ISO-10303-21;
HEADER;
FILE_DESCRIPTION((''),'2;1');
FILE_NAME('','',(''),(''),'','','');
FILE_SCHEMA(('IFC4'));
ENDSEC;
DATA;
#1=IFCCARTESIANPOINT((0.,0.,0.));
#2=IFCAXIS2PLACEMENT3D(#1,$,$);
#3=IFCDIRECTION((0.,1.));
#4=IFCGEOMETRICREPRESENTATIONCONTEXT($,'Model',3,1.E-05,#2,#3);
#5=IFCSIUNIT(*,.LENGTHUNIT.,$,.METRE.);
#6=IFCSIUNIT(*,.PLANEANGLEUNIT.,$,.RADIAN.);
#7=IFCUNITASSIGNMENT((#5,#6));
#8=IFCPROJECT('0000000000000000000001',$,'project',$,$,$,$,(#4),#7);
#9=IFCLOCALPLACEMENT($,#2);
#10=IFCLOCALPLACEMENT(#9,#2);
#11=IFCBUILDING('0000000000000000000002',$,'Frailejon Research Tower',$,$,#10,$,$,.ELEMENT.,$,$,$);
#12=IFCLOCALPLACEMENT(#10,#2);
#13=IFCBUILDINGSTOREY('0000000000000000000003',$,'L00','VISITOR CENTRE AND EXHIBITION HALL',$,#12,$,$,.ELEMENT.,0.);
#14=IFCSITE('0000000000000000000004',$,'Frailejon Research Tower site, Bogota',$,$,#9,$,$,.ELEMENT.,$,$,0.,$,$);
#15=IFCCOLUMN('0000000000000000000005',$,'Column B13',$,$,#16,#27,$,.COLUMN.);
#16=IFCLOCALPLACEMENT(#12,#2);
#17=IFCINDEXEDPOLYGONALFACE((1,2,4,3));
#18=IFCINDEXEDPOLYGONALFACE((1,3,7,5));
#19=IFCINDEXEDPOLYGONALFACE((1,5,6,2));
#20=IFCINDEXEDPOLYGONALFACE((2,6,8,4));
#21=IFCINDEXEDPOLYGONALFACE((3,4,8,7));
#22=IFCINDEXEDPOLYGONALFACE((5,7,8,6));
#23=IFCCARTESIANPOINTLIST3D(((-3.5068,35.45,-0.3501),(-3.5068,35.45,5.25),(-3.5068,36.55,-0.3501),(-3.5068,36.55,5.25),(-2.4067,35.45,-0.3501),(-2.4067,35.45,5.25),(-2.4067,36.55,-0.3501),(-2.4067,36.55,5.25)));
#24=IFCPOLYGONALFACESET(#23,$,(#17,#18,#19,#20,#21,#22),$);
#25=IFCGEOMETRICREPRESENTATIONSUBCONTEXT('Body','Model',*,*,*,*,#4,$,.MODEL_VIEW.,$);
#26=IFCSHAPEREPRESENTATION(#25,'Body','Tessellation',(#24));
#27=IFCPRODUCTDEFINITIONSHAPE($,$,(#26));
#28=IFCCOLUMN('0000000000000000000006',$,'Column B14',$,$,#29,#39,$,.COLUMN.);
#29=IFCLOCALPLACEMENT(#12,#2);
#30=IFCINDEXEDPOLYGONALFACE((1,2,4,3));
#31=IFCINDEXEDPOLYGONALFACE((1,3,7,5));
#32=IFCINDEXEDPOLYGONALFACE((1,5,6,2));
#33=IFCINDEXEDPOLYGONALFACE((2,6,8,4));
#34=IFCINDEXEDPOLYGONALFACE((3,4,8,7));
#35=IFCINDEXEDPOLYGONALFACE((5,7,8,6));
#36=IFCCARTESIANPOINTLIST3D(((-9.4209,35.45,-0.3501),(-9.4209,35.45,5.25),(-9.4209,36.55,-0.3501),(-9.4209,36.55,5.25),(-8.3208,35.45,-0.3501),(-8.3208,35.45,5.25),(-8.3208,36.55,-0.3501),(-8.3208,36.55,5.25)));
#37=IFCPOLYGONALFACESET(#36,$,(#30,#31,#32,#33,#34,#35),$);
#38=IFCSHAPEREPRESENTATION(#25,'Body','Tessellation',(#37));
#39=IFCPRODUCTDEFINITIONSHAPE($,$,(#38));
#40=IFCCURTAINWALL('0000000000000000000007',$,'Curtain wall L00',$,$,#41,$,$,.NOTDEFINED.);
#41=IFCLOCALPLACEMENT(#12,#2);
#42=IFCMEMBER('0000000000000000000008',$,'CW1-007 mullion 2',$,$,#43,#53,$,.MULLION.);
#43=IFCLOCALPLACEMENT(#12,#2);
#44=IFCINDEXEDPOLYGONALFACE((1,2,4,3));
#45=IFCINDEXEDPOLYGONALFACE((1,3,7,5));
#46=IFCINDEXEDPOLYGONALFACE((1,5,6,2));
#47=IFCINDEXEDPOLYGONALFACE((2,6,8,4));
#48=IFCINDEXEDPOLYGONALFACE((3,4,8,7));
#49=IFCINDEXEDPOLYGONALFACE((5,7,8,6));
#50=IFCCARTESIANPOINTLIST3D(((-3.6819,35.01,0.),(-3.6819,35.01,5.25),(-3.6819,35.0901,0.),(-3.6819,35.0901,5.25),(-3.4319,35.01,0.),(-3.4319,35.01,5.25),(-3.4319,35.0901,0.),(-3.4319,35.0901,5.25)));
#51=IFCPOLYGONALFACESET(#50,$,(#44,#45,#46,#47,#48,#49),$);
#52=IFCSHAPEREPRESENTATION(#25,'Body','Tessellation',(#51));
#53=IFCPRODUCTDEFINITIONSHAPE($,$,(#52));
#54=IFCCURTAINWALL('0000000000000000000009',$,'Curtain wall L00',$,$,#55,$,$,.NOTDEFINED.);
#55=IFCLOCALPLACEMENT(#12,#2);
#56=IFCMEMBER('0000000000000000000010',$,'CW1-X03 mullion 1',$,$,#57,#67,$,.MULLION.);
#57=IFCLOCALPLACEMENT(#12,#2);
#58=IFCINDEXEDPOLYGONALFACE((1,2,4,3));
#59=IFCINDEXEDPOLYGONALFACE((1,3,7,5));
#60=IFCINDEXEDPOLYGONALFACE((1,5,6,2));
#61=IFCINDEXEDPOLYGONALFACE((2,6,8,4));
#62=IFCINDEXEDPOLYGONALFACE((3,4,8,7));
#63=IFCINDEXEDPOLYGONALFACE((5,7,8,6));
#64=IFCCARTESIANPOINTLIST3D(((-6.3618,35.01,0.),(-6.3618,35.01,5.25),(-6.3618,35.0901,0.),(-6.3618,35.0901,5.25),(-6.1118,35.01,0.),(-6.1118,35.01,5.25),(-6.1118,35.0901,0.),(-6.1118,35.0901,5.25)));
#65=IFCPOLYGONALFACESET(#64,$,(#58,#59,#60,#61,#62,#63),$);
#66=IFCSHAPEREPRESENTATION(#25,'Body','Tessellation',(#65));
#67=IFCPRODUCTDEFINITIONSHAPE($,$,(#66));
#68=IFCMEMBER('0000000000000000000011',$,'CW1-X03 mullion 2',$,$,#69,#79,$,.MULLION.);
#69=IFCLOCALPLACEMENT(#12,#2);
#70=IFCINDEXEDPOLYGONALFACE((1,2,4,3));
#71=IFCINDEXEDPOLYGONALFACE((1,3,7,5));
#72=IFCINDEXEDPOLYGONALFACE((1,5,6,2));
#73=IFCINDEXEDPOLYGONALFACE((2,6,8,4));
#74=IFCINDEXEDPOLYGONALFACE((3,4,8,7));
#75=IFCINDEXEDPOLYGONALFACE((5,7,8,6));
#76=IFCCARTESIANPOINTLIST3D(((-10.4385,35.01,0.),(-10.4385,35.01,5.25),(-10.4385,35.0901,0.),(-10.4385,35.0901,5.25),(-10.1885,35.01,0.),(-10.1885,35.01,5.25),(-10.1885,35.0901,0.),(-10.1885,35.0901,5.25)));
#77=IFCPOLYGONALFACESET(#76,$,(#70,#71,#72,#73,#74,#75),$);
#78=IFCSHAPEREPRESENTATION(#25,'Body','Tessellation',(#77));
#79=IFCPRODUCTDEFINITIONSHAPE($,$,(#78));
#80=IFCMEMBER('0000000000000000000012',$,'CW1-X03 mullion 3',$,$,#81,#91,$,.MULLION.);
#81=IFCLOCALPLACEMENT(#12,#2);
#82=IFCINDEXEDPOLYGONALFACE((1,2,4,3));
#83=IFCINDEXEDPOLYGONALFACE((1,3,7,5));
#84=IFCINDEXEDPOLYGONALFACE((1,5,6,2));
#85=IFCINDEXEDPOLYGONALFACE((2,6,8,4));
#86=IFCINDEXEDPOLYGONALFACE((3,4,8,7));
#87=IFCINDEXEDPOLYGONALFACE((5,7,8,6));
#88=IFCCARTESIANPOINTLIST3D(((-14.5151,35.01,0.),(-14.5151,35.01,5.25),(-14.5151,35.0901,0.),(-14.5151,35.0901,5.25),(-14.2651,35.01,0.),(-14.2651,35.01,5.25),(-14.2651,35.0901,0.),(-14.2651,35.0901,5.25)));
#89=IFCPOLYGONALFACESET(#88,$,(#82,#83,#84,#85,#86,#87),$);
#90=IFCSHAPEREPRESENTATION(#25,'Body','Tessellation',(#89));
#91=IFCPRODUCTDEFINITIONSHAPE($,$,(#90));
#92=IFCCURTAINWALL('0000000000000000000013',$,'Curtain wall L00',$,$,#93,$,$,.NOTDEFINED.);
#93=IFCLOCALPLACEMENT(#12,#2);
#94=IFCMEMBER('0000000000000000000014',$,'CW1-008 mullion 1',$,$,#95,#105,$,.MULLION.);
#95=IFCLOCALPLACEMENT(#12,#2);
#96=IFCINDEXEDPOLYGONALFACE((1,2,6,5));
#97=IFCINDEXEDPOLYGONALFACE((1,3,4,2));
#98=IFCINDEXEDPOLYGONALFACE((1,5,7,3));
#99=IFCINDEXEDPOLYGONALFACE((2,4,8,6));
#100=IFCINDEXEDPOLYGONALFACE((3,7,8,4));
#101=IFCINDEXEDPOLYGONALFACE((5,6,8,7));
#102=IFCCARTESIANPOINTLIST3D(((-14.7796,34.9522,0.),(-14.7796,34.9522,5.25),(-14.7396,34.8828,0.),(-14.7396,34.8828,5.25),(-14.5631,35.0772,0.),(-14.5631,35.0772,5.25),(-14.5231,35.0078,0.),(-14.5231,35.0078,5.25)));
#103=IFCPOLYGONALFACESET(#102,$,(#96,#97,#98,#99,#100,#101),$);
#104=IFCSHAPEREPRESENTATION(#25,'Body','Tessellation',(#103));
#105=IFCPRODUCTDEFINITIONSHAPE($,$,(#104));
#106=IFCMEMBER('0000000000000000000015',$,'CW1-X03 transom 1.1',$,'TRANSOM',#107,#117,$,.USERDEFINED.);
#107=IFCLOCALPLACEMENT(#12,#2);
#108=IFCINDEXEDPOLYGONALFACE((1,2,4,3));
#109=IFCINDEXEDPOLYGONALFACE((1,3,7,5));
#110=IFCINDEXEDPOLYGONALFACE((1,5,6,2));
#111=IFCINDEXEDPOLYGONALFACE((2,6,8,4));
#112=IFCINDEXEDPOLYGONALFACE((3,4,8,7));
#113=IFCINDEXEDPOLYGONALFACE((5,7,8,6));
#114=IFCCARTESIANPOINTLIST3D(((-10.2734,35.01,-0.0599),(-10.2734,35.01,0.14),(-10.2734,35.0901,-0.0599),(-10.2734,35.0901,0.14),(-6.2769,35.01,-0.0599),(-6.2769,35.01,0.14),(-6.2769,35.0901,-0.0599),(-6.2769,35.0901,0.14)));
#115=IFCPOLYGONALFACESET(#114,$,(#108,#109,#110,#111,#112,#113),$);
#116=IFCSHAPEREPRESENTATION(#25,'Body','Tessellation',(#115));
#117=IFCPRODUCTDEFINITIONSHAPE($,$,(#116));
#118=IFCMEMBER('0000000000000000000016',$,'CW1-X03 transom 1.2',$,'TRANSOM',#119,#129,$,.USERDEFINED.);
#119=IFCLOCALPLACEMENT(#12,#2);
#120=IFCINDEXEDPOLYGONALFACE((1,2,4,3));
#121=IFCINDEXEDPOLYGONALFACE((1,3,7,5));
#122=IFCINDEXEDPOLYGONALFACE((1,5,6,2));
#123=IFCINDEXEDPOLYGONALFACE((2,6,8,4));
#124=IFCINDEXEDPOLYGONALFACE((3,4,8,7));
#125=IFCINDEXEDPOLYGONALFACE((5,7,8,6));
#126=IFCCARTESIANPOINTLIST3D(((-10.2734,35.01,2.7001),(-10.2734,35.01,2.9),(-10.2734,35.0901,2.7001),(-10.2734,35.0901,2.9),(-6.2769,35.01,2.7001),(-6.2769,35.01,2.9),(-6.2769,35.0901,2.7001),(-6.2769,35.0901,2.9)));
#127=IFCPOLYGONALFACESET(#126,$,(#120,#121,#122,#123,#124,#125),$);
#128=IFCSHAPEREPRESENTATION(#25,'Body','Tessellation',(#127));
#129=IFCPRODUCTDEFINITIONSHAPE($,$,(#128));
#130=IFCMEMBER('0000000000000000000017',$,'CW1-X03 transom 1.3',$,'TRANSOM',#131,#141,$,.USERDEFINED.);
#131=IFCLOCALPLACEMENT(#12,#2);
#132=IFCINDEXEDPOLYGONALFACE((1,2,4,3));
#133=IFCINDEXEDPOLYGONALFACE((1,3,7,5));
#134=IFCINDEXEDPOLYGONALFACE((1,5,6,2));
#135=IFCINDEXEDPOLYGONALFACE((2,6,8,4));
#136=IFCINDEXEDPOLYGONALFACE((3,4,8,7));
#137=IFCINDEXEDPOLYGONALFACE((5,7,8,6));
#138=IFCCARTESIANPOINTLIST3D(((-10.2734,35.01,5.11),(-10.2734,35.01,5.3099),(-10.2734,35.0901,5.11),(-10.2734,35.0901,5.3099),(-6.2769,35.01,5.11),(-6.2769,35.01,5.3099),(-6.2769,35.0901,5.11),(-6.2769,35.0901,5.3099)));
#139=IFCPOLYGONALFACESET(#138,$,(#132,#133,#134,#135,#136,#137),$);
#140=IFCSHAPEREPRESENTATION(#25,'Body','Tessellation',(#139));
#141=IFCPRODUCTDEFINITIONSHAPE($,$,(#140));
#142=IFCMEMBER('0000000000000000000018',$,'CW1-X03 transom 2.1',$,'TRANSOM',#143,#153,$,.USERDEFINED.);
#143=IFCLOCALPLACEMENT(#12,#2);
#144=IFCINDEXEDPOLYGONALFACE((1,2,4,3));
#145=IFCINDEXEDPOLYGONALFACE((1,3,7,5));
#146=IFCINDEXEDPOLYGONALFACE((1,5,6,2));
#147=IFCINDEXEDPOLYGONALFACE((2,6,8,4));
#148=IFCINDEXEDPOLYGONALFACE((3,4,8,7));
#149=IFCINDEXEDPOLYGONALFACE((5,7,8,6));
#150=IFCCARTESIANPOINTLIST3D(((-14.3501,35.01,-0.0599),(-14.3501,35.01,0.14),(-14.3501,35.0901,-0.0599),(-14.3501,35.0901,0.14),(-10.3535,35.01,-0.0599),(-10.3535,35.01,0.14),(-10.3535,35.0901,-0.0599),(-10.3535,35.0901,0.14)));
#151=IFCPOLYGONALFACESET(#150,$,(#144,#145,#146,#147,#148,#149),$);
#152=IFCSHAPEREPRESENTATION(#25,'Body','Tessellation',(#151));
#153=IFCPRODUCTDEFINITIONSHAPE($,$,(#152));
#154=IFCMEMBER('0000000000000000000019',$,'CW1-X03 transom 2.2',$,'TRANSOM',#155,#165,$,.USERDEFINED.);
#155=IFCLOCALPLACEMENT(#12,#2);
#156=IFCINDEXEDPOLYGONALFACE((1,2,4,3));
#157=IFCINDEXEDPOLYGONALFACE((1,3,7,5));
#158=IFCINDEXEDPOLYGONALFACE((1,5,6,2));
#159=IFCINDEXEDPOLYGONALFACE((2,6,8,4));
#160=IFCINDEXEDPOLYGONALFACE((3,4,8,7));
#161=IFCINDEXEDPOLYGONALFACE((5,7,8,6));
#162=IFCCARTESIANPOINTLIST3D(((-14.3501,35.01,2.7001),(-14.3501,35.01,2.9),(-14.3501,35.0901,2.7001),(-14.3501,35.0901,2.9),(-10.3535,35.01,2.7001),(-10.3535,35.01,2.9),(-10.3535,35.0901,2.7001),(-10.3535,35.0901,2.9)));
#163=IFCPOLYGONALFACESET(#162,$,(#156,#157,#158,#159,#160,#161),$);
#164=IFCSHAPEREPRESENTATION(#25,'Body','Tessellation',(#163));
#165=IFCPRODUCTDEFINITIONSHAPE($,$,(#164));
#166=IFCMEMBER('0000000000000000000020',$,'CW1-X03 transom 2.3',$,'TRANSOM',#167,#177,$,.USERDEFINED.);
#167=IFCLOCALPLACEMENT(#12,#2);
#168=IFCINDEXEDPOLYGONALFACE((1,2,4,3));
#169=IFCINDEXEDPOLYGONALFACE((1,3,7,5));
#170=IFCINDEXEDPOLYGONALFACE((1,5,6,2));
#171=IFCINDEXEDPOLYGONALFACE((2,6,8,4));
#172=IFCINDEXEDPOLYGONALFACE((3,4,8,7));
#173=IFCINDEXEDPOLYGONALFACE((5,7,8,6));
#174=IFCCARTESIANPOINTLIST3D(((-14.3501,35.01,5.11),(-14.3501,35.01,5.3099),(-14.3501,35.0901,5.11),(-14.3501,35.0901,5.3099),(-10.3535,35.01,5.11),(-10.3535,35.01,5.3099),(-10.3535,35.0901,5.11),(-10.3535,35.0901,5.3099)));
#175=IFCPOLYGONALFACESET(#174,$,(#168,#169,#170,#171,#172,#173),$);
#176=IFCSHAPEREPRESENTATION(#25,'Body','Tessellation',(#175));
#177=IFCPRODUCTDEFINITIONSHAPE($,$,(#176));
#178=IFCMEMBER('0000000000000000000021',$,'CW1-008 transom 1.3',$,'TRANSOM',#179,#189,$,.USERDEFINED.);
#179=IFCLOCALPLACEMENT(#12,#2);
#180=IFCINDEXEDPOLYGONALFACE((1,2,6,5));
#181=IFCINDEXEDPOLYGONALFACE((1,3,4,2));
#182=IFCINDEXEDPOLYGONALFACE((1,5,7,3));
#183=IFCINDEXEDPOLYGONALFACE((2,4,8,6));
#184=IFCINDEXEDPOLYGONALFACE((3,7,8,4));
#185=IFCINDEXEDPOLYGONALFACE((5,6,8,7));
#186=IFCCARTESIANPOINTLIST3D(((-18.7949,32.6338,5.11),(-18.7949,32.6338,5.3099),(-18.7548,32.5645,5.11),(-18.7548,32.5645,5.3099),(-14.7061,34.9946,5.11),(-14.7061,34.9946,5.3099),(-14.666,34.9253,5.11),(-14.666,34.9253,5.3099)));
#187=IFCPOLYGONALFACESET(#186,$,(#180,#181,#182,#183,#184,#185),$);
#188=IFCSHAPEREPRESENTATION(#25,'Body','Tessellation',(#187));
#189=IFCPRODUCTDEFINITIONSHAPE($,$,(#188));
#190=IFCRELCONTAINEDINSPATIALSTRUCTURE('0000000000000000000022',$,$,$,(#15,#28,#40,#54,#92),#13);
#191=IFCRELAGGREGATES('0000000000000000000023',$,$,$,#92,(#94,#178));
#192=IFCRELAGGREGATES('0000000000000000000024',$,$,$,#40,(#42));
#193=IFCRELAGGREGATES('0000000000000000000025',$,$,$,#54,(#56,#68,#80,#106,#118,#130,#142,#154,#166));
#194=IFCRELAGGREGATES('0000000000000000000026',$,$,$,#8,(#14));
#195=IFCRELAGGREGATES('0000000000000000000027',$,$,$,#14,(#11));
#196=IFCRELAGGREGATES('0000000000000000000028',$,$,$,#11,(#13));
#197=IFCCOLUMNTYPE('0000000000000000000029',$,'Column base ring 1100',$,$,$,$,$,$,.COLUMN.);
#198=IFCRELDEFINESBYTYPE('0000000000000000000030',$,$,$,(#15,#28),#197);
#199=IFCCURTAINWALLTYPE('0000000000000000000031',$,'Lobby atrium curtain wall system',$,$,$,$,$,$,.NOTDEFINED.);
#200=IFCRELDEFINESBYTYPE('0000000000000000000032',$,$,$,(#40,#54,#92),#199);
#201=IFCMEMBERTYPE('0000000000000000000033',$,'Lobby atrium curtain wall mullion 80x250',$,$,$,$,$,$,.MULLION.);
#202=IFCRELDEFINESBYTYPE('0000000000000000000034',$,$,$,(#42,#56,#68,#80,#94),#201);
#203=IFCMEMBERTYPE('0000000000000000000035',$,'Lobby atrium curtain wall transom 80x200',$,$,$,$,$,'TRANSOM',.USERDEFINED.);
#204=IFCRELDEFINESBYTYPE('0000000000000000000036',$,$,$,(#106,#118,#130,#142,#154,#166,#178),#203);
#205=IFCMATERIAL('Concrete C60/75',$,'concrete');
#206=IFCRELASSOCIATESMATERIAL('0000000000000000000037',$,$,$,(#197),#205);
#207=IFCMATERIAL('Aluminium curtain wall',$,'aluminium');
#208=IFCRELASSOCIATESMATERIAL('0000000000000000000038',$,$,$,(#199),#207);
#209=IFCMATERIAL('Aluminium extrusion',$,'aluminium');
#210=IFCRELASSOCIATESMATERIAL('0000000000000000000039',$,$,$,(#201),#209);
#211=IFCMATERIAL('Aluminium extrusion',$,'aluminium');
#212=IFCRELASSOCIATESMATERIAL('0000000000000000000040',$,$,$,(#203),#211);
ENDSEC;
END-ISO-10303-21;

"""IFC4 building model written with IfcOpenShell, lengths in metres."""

from ifc_helpers import new_model, si_unit, direction, frame, origin, origin_2d, place, context, subcontext, project, spatial, rectangle, extrude, material, material_profile, profile_set, type_object, element, aggregate, save


model = new_model("IFC4")

# Units and contexts
model_context = context("Model", 3, precision=1e-05, world=origin(), true_north=direction((0.0, 1.0)))
body_context = subcontext(model_context, "Body", "Model", "MODEL_VIEW")
ifc_project = project(units=[si_unit("LENGTHUNIT", "METRE"), si_unit("PLANEANGLEUNIT", "RADIAN")], contexts=[model_context])

# Site, building, storey
site_placement = place(None, origin())
site = spatial("IfcSite", under=ifc_project, at=site_placement, Name="Frailejon Research Tower site, Bogota", CompositionType="ELEMENT", RefElevation=0.0)
building_placement = place(site_placement, origin())
building = spatial("IfcBuilding", under=site, at=building_placement, Name="Frailejon Research Tower", CompositionType="ELEMENT")
storey_placement = place(building_placement, origin())
storey = spatial("IfcBuildingStorey", under=building, at=storey_placement, Name="L00", Description="VISITOR CENTRE AND EXHIBITION HALL", CompositionType="ELEMENT", Elevation=0.0)

# Columns
ifc_material_1 = material(Name="Concrete C60/75", Category="concrete")
ifc_material_profile_1 = material_profile(ifc_material_1, rectangle(XDim=1.1001, YDim=1.1001, at=origin_2d()), Name="Column base ring 1100")
ifc_profile_set_1 = profile_set([ifc_material_profile_1], Name="Concrete C60/75")
column_type = type_object("IfcColumnType", Name="Column base ring 1100", PredefinedType="COLUMN", material=ifc_profile_set_1)
for number, where, z_axis, x_axis, name in (
    (1, (-2.9568, 36.0, -0.3501), (0.0, 0.0, 1.0), (-1.0, 0.0, 0.0), "Column B13"),
    (2, (-8.8708, 36.0, -0.3501), (0.0, 0.0, 1.0), (-1.0, 0.0, 0.0), "Column B14"),
):
    element("IfcColumn", number, at=place(storey_placement, frame(where, z_axis=z_axis, x_axis=x_axis)), inside=storey, type_object=column_type, Name=name, PredefinedType="COLUMN", context=body_context, shape_type="SweptSolid", body=[
        extrude(rectangle(XDim=1.1001, YDim=1.1001, at=origin_2d()), origin(), (0.0, 0.0, 1.0), 5.6001),
    ])

# Curtain wall, member
ifc_material_2 = material(Name="Aluminium curtain wall", Category="aluminium")
curtain_wall_type = type_object("IfcCurtainWallType", Name="Lobby atrium curtain wall system", PredefinedType="NOTDEFINED", material=ifc_material_2)
curtain_wall_1_placement = place(storey_placement, origin())
curtain_wall_1 = element("IfcCurtainWall", 3, at=curtain_wall_1_placement, inside=storey, type_object=curtain_wall_type, Name="Curtain wall L00", PredefinedType="NOTDEFINED")
ifc_material_3 = material(Name="Aluminium extrusion", Category="aluminium")
ifc_material_profile_2 = material_profile(ifc_material_3, rectangle(XDim=0.0801, YDim=0.25, at=origin_2d()), Name="Lobby atrium curtain wall mullion 80x250")
ifc_profile_set_2 = profile_set([ifc_material_profile_2], Name="Aluminium extrusion")
member_type_1 = type_object("IfcMemberType", Name="Lobby atrium curtain wall mullion 80x250", PredefinedType="MULLION", material=ifc_profile_set_2)
member_1_placement = place(storey_placement, frame((-3.5569, 35.05, 0.0), z_axis=(0.0, 0.0, 1.0), x_axis=(0.0, -1.0, 0.0)))
member_1 = element("IfcMember", 4, at=member_1_placement, type_object=member_type_1, Name="CW1-007 mullion 2", PredefinedType="MULLION", context=body_context, shape_type="SweptSolid", body=[
    extrude(rectangle(XDim=0.0801, YDim=0.25, at=origin_2d()), origin(), (0.0, 0.0, 1.0), 5.25),
])

# Curtain wall, members
curtain_wall_2_placement = place(storey_placement, origin())
curtain_wall_2 = element("IfcCurtainWall", 5, at=curtain_wall_2_placement, inside=storey, type_object=curtain_wall_type, Name="Curtain wall L00", PredefinedType="NOTDEFINED")
member_2_placement = place(storey_placement, frame((-6.2368, 35.05, 0.0), z_axis=(0.0, 0.0, 1.0), x_axis=(0.0, -1.0, 0.0)))
member_2 = element("IfcMember", 6, at=member_2_placement, type_object=member_type_1, Name="CW1-X03 mullion 1", PredefinedType="MULLION", context=body_context, shape_type="SweptSolid", body=[
    extrude(rectangle(XDim=0.0801, YDim=0.25, at=origin_2d()), origin(), (0.0, 0.0, 1.0), 5.25),
])
member_3_placement = place(storey_placement, frame((-10.3135, 35.05, 0.0), z_axis=(0.0, 0.0, 1.0), x_axis=(0.0, -1.0, 0.0)))
member_3 = element("IfcMember", 7, at=member_3_placement, type_object=member_type_1, Name="CW1-X03 mullion 2", PredefinedType="MULLION", context=body_context, shape_type="SweptSolid", body=[
    extrude(rectangle(XDim=0.0801, YDim=0.25, at=origin_2d()), origin(), (0.0, 0.0, 1.0), 5.25),
])
member_4_placement = place(storey_placement, frame((-14.3901, 35.05, 0.0), z_axis=(0.0, 0.0, 1.0), x_axis=(0.0, -1.0, 0.0)))
member_4 = element("IfcMember", 8, at=member_4_placement, type_object=member_type_1, Name="CW1-X03 mullion 3", PredefinedType="MULLION", context=body_context, shape_type="SweptSolid", body=[
    extrude(rectangle(XDim=0.0801, YDim=0.25, at=origin_2d()), origin(), (0.0, 0.0, 1.0), 5.25),
])

# Curtain wall, member
curtain_wall_3_placement = place(storey_placement, origin())
curtain_wall_3 = element("IfcCurtainWall", 9, at=curtain_wall_3_placement, inside=storey, type_object=curtain_wall_type, Name="Curtain wall L00", PredefinedType="NOTDEFINED")
member_5_placement = place(storey_placement, frame((-14.6514, 34.98, 0.0), z_axis=(0.0, 0.0, 1.0), x_axis=(0.5, -0.866025, 0.0)))
member_5 = element("IfcMember", 10, at=member_5_placement, type_object=member_type_1, Name="CW1-008 mullion 1", PredefinedType="MULLION", context=body_context, shape_type="SweptSolid", body=[
    extrude(rectangle(XDim=0.0801, YDim=0.25, at=origin_2d()), origin(), (0.0, 0.0, 1.0), 5.25),
])

# Members
ifc_material_4 = material(Name="Aluminium extrusion", Category="aluminium")
ifc_material_profile_3 = material_profile(ifc_material_4, rectangle(XDim=0.0801, YDim=0.2, at=origin_2d()), Name="Lobby atrium curtain wall transom 80x200")
ifc_profile_set_3 = profile_set([ifc_material_profile_3], Name="Aluminium extrusion")
member_type_2 = type_object("IfcMemberType", Name="Lobby atrium curtain wall transom 80x200", ElementType="TRANSOM", PredefinedType="USERDEFINED", material=ifc_profile_set_3)
member_6_placement = place(storey_placement, frame((-6.2769, 35.05, 0.04), z_axis=(-1.0, 0.0, 0.0), x_axis=(0.0, -1.0, 0.0)))
member_6 = element("IfcMember", 11, at=member_6_placement, type_object=member_type_2, Name="CW1-X03 transom 1.1", ObjectType="TRANSOM", PredefinedType="USERDEFINED", context=body_context, shape_type="SweptSolid", body=[
    extrude(rectangle(XDim=0.0801, YDim=0.2, at=origin_2d()), origin(), (0.0, 0.0, 1.0), 3.9966),
])
member_7_placement = place(storey_placement, frame((-6.2769, 35.05, 2.8), z_axis=(-1.0, 0.0, 0.0), x_axis=(0.0, -1.0, 0.0)))
member_7 = element("IfcMember", 12, at=member_7_placement, type_object=member_type_2, Name="CW1-X03 transom 1.2", ObjectType="TRANSOM", PredefinedType="USERDEFINED", context=body_context, shape_type="SweptSolid", body=[
    extrude(rectangle(XDim=0.0801, YDim=0.2, at=origin_2d()), origin(), (0.0, 0.0, 1.0), 3.9966),
])
member_8_placement = place(storey_placement, frame((-6.2769, 35.05, 5.21), z_axis=(-1.0, 0.0, 0.0), x_axis=(0.0, -1.0, 0.0)))
member_8 = element("IfcMember", 13, at=member_8_placement, type_object=member_type_2, Name="CW1-X03 transom 1.3", ObjectType="TRANSOM", PredefinedType="USERDEFINED", context=body_context, shape_type="SweptSolid", body=[
    extrude(rectangle(XDim=0.0801, YDim=0.2, at=origin_2d()), origin(), (0.0, 0.0, 1.0), 3.9966),
])
member_9_placement = place(storey_placement, frame((-10.3535, 35.05, 0.04), z_axis=(-1.0, 0.0, 0.0), x_axis=(0.0, -1.0, 0.0)))
member_9 = element("IfcMember", 14, at=member_9_placement, type_object=member_type_2, Name="CW1-X03 transom 2.1", ObjectType="TRANSOM", PredefinedType="USERDEFINED", context=body_context, shape_type="SweptSolid", body=[
    extrude(rectangle(XDim=0.0801, YDim=0.2, at=origin_2d()), origin(), (0.0, 0.0, 1.0), 3.9966),
])
member_10_placement = place(storey_placement, frame((-10.3535, 35.05, 2.8), z_axis=(-1.0, 0.0, 0.0), x_axis=(0.0, -1.0, 0.0)))
member_10 = element("IfcMember", 15, at=member_10_placement, type_object=member_type_2, Name="CW1-X03 transom 2.2", ObjectType="TRANSOM", PredefinedType="USERDEFINED", context=body_context, shape_type="SweptSolid", body=[
    extrude(rectangle(XDim=0.0801, YDim=0.2, at=origin_2d()), origin(), (0.0, 0.0, 1.0), 3.9966),
])
member_11_placement = place(storey_placement, frame((-10.3535, 35.05, 5.21), z_axis=(-1.0, 0.0, 0.0), x_axis=(0.0, -1.0, 0.0)))
member_11 = element("IfcMember", 16, at=member_11_placement, type_object=member_type_2, Name="CW1-X03 transom 2.3", ObjectType="TRANSOM", PredefinedType="USERDEFINED", context=body_context, shape_type="SweptSolid", body=[
    extrude(rectangle(XDim=0.0801, YDim=0.2, at=origin_2d()), origin(), (0.0, 0.0, 1.0), 3.9966),
])
member_12_placement = place(storey_placement, frame((-14.686, 34.96, 5.21), z_axis=(-0.866013, -0.500021, 0.0), x_axis=(0.500021, -0.866013, 0.0)))
member_12 = element("IfcMember", 17, at=member_12_placement, type_object=member_type_2, Name="CW1-008 transom 1.3", ObjectType="TRANSOM", PredefinedType="USERDEFINED", context=body_context, shape_type="SweptSolid", body=[
    extrude(rectangle(XDim=0.0801, YDim=0.2, at=origin_2d()), origin(), (0.0, 0.0, 1.0), 4.7214),
])
aggregate(curtain_wall_3, [member_5, member_12])

aggregate(curtain_wall_1, [member_1])
aggregate(curtain_wall_2, [member_2, member_3, member_4, member_6, member_7, member_8, member_9, member_10, member_11])

save(model, "model.ifc")
